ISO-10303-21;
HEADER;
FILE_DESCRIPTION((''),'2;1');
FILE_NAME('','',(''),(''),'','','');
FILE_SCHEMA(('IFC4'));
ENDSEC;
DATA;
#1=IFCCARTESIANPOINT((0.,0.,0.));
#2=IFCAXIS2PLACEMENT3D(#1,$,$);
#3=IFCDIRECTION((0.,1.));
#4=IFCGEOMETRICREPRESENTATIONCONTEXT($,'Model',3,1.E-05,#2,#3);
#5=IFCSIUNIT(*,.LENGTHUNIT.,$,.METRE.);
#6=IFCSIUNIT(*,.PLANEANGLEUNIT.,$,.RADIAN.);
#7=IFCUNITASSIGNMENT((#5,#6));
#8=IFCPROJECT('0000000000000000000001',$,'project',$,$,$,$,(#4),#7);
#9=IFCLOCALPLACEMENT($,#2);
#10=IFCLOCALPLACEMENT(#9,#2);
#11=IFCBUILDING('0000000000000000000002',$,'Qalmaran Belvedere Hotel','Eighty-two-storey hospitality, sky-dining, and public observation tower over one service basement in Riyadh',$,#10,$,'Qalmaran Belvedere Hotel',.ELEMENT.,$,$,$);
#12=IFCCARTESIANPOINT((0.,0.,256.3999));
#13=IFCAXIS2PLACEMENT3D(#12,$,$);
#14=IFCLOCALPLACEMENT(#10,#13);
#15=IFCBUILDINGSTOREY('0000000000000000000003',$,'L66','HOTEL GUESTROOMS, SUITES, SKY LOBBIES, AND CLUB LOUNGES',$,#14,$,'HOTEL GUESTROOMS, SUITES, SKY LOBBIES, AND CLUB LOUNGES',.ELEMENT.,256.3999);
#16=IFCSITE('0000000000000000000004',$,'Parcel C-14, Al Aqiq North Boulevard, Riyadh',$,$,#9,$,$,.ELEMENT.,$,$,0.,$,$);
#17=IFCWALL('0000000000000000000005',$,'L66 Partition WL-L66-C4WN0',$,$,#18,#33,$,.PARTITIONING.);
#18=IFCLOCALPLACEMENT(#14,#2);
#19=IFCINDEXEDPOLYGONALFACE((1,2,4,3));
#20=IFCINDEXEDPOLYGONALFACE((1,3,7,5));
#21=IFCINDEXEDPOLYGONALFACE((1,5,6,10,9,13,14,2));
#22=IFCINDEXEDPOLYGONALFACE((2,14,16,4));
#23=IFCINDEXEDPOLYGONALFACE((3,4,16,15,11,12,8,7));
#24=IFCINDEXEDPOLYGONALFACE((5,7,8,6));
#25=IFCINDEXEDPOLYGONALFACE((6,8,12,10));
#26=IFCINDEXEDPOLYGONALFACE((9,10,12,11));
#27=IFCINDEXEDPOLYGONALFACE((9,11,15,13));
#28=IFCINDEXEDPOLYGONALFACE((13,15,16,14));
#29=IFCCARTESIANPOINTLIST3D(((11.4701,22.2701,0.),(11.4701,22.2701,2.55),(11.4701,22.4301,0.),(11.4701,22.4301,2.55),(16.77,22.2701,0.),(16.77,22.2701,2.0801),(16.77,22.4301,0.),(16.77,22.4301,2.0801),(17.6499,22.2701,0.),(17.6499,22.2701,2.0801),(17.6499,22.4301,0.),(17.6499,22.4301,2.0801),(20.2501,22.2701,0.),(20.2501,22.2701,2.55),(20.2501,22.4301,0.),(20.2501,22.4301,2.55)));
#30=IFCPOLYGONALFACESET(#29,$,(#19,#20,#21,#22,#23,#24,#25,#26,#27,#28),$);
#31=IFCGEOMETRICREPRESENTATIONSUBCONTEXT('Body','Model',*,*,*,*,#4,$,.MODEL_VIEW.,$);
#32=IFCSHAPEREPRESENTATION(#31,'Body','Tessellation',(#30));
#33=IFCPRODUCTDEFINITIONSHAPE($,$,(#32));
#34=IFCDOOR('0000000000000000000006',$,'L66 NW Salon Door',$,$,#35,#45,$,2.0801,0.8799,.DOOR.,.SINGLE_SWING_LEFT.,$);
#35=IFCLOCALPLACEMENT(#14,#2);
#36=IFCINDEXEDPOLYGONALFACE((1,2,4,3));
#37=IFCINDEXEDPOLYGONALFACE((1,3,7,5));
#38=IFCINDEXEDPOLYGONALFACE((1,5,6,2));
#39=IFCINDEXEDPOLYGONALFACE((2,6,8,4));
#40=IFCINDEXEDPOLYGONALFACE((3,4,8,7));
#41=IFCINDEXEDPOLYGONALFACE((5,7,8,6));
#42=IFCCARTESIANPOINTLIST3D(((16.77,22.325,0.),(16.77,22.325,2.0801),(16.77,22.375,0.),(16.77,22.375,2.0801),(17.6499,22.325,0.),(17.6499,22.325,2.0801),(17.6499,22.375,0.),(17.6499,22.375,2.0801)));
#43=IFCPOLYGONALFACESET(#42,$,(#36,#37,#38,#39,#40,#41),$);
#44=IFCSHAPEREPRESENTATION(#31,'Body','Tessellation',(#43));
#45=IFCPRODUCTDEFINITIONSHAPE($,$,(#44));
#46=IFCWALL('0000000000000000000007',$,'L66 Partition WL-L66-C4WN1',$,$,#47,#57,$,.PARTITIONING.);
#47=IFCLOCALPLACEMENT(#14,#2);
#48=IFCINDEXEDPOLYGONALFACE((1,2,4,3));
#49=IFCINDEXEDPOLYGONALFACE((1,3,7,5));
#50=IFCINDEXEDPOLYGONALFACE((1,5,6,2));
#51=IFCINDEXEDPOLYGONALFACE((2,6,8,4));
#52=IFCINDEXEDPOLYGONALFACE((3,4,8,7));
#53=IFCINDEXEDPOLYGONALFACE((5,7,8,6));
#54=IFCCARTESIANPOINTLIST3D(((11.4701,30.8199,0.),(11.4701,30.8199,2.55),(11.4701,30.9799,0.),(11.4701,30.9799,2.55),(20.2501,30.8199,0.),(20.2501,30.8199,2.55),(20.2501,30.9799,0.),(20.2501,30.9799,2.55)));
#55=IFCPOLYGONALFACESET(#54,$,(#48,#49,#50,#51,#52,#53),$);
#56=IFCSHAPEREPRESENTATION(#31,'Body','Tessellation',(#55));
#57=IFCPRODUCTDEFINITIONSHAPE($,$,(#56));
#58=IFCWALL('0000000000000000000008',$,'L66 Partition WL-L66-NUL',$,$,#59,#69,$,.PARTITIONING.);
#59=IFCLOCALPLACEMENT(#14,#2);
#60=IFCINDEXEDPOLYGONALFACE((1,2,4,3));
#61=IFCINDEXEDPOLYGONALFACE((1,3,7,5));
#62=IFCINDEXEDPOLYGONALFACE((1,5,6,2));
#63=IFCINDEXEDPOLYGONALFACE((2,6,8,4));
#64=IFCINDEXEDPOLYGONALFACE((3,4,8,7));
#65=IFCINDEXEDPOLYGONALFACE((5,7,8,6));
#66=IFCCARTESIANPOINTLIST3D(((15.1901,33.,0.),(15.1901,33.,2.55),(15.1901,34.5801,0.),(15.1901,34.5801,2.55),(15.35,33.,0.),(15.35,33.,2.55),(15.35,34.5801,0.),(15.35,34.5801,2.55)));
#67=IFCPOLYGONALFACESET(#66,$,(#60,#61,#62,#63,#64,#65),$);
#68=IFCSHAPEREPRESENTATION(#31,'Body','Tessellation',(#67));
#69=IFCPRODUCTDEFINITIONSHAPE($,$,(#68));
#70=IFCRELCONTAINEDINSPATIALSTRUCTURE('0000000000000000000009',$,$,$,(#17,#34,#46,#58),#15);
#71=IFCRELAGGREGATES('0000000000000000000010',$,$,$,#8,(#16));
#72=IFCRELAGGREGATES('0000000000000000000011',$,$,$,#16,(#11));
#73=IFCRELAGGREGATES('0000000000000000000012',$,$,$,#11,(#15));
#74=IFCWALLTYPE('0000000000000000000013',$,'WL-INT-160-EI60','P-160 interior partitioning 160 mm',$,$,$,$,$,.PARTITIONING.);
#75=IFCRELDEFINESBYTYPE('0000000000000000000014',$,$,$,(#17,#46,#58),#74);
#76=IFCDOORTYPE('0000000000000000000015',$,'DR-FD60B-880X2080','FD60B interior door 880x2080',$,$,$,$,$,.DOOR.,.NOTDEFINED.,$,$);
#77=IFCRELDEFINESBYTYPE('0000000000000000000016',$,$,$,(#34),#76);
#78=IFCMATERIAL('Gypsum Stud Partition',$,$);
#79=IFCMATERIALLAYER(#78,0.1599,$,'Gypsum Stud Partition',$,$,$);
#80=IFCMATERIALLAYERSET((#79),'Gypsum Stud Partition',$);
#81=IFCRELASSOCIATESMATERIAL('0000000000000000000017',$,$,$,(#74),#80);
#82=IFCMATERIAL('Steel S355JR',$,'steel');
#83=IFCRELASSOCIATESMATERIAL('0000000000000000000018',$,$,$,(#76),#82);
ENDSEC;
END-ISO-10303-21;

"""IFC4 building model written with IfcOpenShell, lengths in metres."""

from ifc_helpers import new_model, si_unit, direction, frame, frame_2d, origin, place, context, subcontext, project, spatial, rectangle, extrude, material, layer, layer_set, type_object, element, fill, save


model = new_model("IFC4")

# Units and contexts
model_context = context("Model", 3, precision=1e-05, world=origin(), true_north=direction((0.0, 1.0)))
body_context = subcontext(model_context, "Body", "Model", "MODEL_VIEW")
ifc_project = project(units=[si_unit("LENGTHUNIT", "METRE"), si_unit("PLANEANGLEUNIT", "RADIAN")], contexts=[model_context])

# Site, building, storey
site_placement = place(None, origin())
site = spatial("IfcSite", under=ifc_project, at=site_placement, Name="Parcel C-14, Al Aqiq North Boulevard, Riyadh", CompositionType="ELEMENT", RefElevation=0.0)
building_placement = place(site_placement, origin())
building = spatial("IfcBuilding", under=site, at=building_placement, Name="Qalmaran Belvedere Hotel", Description="Eighty-two-storey hospitality, sky-dining, and public observation tower over one service basement in Riyadh", LongName="Qalmaran Belvedere Hotel", CompositionType="ELEMENT")
storey_placement = place(building_placement, frame((0.0, 0.0, 256.3999)))
storey = spatial("IfcBuildingStorey", under=building, at=storey_placement, Name="L66", Description="HOTEL GUESTROOMS, SUITES, SKY LOBBIES, AND CLUB LOUNGES", LongName="HOTEL GUESTROOMS, SUITES, SKY LOBBIES, AND CLUB LOUNGES", CompositionType="ELEMENT", Elevation=256.3999)

# Shared definitions
ifc_material_1 = material(Name="Steel S355JR", Category="steel")

# Wall, opening, door
ifc_material_2 = material(Name="Gypsum Stud Partition")
ifc_layer_1 = layer(ifc_material_2, 0.1599, Name="Gypsum Stud Partition")
ifc_layer_set_1 = layer_set([ifc_layer_1], Name="Gypsum Stud Partition")
wall_type_1 = type_object("IfcWallType", Name="WL-INT-160-EI60", Description="P-160 interior partitioning 160 mm", PredefinedType="PARTITIONING", material=ifc_layer_set_1)
wall_1_placement = place(storey_placement, frame((11.47, 22.3501, 0.0), z_axis=(0.0, 0.0, 1.0), x_axis=(1.0, 0.0, 0.0)))
wall_1 = element("IfcWall", 1, at=wall_1_placement, inside=storey, type_object=wall_type_1, Name="L66 Partition WL-L66-C4WN0", PredefinedType="PARTITIONING", context=body_context, shape_type="SweptSolid", body=[
    extrude(rectangle(XDim=8.78, YDim=0.1599, at=frame_2d((4.3901, 0.0))), origin(), (0.0, 0.0, 1.0), 2.55),
])
opening_1_placement = place(wall_1_placement, frame((5.3, 0.0, 0.0)))
opening_1 = element("IfcOpeningElement", 2, at=opening_1_placement, cuts=wall_1, PredefinedType="OPENING", context=body_context, shape_type="SweptSolid", body=[
    extrude(rectangle(XDim=0.8799, YDim=2.0801, at=frame_2d((0.4399, 1.04))), frame((0.0, 0.0898, 0.0), z_axis=(0.0, -1.0, 0.0), x_axis=(1.0, 0.0, 0.0)), (0.0, 0.0, 1.0), 0.1799),
])
door_type_1 = type_object("IfcDoorType", Name="DR-FD60B-880X2080", Description="FD60B interior door 880x2080", OperationType="NOTDEFINED", PredefinedType="DOOR", material=ifc_material_1)
door_1_placement = place(opening_1_placement, origin())
door_1 = element("IfcDoor", 3, at=door_1_placement, inside=storey, type_object=door_type_1, Name="L66 NW Salon Door", OperationType="SINGLE_SWING_LEFT", OverallHeight=2.0801, OverallWidth=0.8799, PredefinedType="DOOR", context=body_context, shape_type="SweptSolid", body=[
    extrude(rectangle(XDim=0.8799, YDim=2.0801, at=frame_2d((0.4399, 1.04))), frame((0.0, 0.0249, 0.0), z_axis=(0.0, -1.0, 0.0), x_axis=(1.0, 0.0, 0.0)), (0.0, 0.0, 1.0), 0.05),
])
fill(opening_1, door_1)

# Walls
wall_2_placement = place(storey_placement, frame((11.47, 30.8999, 0.0), z_axis=(0.0, 0.0, 1.0), x_axis=(1.0, 0.0, 0.0)))
element("IfcWall", 4, at=wall_2_placement, inside=storey, type_object=wall_type_1, Name="L66 Partition WL-L66-C4WN1", PredefinedType="PARTITIONING", context=body_context, shape_type="SweptSolid", body=[
    extrude(rectangle(XDim=8.78, YDim=0.1599, at=frame_2d((4.3901, 0.0))), origin(), (0.0, 0.0, 1.0), 2.55),
])
wall_3_placement = place(storey_placement, frame((15.27, 33.0, 0.0), z_axis=(0.0, 0.0, 1.0), x_axis=(0.0, 1.0, 0.0)))
element("IfcWall", 5, at=wall_3_placement, inside=storey, type_object=wall_type_1, Name="L66 Partition WL-L66-NUL", PredefinedType="PARTITIONING", context=body_context, shape_type="SweptSolid", body=[
    extrude(rectangle(XDim=1.5801, YDim=0.1599, at=frame_2d((0.79, 0.0))), origin(), (0.0, 0.0, 1.0), 2.55),
])

save(model, "model.ifc")
